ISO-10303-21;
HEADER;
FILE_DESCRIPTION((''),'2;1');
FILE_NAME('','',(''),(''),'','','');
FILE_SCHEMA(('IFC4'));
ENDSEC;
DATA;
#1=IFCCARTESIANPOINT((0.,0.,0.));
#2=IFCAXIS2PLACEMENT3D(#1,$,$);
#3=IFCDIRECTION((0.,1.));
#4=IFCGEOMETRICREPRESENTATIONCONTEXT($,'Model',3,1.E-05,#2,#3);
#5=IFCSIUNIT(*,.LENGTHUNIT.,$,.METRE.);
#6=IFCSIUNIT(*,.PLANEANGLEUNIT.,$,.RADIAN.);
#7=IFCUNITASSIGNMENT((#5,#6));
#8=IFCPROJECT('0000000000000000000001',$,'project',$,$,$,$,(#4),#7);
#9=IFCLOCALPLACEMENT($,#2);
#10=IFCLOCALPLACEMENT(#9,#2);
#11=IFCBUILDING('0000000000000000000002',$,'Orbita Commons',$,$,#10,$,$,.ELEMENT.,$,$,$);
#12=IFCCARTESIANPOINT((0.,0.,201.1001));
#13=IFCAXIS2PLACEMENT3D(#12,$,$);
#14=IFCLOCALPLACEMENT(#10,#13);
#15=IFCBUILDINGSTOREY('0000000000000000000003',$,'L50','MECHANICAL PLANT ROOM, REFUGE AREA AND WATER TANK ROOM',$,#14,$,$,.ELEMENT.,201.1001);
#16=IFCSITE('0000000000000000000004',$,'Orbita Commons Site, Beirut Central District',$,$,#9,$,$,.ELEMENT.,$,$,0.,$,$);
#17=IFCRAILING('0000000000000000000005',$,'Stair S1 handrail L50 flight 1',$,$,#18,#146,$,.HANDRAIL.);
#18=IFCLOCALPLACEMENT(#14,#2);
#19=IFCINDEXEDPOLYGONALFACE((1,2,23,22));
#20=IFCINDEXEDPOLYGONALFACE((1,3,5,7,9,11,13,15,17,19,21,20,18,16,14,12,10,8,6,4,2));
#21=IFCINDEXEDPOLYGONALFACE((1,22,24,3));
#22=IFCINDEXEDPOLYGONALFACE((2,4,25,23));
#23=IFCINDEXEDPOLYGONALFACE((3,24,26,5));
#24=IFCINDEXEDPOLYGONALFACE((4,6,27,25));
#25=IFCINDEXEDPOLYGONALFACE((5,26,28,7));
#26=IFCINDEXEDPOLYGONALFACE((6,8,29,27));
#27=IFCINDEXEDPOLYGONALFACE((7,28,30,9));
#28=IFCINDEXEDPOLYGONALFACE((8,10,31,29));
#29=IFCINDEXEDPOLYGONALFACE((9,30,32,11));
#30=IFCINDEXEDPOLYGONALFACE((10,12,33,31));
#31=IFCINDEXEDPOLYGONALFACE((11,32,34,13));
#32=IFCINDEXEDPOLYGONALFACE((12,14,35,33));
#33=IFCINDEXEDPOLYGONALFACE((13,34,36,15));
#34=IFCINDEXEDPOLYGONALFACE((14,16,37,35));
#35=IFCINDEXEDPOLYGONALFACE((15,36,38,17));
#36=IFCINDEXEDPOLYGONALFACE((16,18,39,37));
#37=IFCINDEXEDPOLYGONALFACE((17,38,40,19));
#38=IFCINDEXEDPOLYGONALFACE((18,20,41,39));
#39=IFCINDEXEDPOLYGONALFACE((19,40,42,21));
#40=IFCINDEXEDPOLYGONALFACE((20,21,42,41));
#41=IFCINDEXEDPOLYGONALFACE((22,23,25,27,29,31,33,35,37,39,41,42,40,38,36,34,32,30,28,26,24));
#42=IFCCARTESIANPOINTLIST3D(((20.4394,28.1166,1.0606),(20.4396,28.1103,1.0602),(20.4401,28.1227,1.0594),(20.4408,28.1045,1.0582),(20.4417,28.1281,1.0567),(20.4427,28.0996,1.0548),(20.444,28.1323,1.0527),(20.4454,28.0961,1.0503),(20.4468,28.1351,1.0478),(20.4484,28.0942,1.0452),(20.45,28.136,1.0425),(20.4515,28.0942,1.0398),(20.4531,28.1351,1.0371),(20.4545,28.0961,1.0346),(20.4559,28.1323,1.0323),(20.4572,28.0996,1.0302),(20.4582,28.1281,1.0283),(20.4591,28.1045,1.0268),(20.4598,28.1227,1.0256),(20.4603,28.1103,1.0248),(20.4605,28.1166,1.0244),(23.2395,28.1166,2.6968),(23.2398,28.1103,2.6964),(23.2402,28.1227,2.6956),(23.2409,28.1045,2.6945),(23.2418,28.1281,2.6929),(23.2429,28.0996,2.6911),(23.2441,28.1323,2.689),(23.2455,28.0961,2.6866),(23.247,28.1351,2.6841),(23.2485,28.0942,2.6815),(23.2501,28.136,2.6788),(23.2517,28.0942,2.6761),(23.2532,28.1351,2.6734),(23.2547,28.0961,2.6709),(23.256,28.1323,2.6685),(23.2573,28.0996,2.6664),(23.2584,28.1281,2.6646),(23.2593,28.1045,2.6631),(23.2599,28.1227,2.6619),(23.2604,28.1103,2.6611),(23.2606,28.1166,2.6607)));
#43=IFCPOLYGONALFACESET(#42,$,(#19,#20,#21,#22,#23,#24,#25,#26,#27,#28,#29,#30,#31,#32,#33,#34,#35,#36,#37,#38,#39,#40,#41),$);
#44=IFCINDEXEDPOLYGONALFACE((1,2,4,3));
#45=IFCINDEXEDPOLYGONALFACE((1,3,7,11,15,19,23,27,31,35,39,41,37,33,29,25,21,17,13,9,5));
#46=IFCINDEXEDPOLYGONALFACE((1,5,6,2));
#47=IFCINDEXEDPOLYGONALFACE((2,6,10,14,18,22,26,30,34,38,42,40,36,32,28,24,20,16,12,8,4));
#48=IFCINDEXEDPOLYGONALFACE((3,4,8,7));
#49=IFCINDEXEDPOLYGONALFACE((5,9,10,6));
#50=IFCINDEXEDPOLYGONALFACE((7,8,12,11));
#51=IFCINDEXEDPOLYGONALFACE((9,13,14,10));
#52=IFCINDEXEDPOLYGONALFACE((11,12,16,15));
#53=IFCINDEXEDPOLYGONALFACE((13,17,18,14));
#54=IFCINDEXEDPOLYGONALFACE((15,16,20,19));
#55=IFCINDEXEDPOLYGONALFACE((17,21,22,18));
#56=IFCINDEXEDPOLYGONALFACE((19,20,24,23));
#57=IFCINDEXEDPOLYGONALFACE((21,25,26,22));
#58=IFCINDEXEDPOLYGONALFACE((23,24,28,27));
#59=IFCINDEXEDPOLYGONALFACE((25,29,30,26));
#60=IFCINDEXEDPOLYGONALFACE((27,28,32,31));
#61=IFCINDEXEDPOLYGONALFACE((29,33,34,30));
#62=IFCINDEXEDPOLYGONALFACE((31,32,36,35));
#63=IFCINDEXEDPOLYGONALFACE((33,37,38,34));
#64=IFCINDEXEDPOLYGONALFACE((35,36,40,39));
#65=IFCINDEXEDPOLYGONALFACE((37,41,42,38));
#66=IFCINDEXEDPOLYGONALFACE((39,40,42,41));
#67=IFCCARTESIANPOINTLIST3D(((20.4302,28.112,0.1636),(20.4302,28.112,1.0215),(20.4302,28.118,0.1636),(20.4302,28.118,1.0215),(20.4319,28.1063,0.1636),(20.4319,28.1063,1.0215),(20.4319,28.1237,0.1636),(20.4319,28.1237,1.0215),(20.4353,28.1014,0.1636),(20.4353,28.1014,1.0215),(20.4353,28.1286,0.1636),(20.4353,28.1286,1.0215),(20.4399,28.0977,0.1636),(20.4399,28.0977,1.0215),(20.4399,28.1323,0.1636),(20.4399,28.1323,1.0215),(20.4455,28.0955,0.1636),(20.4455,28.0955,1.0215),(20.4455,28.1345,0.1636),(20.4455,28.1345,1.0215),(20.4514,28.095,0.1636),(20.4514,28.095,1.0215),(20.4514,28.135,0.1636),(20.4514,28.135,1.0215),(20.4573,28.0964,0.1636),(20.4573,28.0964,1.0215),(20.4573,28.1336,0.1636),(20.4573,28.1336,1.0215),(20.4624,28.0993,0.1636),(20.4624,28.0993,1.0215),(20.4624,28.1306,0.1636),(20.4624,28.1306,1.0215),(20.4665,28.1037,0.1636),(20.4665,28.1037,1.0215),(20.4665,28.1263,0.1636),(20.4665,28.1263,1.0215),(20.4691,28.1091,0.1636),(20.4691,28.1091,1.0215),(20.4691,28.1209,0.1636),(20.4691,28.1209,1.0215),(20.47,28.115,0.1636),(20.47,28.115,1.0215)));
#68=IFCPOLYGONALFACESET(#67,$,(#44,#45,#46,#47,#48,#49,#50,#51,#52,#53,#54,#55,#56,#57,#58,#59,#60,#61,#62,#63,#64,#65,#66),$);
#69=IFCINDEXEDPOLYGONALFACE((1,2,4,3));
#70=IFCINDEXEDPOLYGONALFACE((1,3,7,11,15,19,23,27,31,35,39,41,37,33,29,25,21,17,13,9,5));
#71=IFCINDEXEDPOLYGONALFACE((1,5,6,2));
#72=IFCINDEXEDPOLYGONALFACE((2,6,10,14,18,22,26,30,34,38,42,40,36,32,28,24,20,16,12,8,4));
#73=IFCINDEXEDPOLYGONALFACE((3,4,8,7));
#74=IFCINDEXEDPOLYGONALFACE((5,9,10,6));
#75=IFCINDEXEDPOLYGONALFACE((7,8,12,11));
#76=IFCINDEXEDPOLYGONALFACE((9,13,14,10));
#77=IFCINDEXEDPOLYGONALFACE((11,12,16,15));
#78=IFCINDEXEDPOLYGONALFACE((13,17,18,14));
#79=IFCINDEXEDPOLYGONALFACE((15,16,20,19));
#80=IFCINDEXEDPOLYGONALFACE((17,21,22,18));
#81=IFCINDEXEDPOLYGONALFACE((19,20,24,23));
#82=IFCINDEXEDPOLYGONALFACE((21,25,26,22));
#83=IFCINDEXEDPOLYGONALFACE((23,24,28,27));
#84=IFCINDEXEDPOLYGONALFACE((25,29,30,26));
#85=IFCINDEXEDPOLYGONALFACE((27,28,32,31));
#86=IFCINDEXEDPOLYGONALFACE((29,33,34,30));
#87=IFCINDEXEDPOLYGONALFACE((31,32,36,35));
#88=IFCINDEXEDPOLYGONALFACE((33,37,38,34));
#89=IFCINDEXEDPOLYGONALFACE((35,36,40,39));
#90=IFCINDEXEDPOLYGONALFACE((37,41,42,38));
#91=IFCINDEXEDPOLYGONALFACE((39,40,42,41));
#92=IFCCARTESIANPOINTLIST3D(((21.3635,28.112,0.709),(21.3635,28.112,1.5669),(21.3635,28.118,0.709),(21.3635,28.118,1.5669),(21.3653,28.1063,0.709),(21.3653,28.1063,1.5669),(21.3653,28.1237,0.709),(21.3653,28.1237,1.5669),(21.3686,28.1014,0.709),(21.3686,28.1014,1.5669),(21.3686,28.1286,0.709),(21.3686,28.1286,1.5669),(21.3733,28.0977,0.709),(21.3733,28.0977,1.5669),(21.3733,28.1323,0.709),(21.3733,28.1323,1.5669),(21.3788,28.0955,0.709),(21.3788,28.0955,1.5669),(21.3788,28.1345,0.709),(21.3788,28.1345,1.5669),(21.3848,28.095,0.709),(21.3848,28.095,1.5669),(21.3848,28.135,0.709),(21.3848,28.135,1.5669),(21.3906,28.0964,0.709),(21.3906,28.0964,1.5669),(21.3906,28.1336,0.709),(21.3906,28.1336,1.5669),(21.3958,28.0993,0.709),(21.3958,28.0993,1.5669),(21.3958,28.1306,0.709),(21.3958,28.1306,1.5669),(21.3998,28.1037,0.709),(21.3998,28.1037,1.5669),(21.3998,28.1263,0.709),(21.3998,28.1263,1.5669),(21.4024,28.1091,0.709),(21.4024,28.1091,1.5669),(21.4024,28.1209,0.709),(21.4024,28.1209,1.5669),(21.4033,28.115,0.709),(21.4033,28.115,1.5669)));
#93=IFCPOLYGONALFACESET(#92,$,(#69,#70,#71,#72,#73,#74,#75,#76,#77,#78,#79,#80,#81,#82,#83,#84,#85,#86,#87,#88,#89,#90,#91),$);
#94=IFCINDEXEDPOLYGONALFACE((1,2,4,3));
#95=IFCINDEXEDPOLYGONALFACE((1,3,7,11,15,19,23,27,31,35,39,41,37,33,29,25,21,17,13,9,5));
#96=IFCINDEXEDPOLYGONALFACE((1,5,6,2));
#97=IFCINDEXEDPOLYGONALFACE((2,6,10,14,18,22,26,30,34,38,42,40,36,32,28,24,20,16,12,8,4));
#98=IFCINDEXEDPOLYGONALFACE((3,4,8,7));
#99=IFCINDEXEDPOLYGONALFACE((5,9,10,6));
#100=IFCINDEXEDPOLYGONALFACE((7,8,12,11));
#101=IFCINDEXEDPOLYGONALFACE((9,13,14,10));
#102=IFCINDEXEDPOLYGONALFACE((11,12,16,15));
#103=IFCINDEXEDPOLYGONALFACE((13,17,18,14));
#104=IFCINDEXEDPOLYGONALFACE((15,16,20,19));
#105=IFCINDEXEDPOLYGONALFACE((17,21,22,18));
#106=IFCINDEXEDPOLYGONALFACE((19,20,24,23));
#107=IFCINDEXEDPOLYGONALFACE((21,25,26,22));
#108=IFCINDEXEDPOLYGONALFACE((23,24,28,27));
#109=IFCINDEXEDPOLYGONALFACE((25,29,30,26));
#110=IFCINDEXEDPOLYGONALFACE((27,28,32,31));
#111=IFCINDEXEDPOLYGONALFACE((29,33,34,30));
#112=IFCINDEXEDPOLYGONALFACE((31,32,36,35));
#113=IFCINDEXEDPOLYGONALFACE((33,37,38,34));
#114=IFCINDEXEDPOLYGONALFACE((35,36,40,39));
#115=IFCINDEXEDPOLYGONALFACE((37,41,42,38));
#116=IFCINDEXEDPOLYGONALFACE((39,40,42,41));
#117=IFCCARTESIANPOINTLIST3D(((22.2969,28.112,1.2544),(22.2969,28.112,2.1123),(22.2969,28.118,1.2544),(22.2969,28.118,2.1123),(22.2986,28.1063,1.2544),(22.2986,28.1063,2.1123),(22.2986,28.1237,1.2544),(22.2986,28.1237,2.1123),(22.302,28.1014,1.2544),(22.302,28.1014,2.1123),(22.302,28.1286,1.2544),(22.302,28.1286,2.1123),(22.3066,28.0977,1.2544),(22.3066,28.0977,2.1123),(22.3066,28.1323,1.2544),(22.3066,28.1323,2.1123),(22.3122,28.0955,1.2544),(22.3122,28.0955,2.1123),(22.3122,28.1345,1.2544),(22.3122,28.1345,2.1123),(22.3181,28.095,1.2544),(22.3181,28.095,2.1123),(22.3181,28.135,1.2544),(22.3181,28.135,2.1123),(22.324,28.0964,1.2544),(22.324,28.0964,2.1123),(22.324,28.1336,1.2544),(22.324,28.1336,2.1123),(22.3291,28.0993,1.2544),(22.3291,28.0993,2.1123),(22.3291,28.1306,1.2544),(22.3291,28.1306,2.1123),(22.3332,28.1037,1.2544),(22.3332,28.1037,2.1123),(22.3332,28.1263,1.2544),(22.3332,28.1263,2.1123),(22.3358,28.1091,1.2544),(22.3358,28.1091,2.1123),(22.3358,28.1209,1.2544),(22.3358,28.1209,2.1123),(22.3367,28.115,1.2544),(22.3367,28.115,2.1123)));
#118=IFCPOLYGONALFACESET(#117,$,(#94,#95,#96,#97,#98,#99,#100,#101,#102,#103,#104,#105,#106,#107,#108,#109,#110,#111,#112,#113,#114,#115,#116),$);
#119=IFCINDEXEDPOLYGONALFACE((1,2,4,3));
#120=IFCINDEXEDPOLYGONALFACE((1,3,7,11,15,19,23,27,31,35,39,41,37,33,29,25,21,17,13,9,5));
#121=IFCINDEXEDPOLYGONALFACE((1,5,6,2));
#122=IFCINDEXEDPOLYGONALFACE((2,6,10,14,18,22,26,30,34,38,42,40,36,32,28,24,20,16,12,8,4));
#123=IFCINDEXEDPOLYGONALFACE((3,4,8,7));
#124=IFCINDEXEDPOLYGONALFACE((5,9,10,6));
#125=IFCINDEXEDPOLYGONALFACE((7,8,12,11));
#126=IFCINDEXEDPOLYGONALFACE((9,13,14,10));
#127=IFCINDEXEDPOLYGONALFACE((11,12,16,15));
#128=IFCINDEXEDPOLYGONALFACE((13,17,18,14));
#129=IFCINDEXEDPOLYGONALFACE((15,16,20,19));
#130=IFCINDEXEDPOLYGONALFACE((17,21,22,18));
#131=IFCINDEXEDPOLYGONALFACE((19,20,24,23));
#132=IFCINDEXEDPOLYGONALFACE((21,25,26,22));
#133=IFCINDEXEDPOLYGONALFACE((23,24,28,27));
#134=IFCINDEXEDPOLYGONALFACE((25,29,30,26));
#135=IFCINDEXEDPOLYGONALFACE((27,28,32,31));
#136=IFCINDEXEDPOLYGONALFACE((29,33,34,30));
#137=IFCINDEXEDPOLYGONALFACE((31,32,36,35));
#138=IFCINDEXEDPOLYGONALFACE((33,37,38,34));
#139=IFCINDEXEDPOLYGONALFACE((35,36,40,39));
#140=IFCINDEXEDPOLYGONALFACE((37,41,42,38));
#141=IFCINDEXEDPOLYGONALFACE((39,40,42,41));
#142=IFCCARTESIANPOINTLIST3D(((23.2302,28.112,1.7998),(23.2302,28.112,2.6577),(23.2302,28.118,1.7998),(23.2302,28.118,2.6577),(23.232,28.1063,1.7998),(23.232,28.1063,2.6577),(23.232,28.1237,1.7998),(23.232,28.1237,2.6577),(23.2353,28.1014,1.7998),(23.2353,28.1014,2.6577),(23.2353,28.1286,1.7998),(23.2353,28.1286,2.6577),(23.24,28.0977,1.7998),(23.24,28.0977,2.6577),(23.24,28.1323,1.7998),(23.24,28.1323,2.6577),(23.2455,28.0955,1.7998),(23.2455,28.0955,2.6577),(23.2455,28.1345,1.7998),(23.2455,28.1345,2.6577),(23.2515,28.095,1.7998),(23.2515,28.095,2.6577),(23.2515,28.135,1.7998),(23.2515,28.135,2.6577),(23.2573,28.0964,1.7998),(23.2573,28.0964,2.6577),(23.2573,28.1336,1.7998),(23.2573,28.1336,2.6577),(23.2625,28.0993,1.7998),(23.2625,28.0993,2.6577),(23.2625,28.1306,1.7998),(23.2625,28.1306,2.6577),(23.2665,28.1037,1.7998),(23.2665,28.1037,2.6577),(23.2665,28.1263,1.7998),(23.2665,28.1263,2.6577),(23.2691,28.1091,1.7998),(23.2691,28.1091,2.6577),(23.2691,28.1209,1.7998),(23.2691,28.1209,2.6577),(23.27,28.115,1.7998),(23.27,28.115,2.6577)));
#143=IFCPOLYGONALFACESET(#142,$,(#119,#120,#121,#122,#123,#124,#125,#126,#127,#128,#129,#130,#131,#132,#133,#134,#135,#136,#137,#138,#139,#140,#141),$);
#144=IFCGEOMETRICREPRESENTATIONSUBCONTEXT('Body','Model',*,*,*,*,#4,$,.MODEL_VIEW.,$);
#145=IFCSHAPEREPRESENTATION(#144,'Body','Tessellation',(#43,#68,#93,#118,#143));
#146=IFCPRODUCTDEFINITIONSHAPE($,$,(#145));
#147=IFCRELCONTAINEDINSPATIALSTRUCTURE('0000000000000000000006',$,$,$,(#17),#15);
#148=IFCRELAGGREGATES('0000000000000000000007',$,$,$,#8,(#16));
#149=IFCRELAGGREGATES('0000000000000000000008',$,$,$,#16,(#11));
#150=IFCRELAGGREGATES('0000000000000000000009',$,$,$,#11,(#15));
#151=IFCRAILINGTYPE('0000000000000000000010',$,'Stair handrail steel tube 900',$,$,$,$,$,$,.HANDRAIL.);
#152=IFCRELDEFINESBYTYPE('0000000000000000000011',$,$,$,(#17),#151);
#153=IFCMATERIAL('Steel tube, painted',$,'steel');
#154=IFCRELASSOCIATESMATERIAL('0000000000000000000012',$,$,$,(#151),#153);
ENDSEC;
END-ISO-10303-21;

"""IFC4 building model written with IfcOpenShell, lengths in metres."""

from ifc_helpers import new_model, si_unit, direction, frame, origin, origin_2d, place, context, subcontext, project, spatial, circle, extrude, material, type_object, element, save


model = new_model("IFC4")

# Units and contexts
model_context = context("Model", 3, precision=1e-05, world=origin(), true_north=direction((0.0, 1.0)))
body_context = subcontext(model_context, "Body", "Model", "MODEL_VIEW")
ifc_project = project(units=[si_unit("LENGTHUNIT", "METRE"), si_unit("PLANEANGLEUNIT", "RADIAN")], contexts=[model_context])

# Site, building, storey
site_placement = place(None, origin())
site = spatial("IfcSite", under=ifc_project, at=site_placement, Name="Orbita Commons Site, Beirut Central District", CompositionType="ELEMENT", RefElevation=0.0)
building_placement = place(site_placement, origin())
building = spatial("IfcBuilding", under=site, at=building_placement, Name="Orbita Commons", CompositionType="ELEMENT")
storey_placement = place(building_placement, frame((0.0, 0.0, 201.1001)))
storey = spatial("IfcBuildingStorey", under=building, at=storey_placement, Name="L50", Description="MECHANICAL PLANT ROOM, REFUGE AREA AND WATER TANK ROOM", CompositionType="ELEMENT", Elevation=201.1001)

# Railing
ifc_material = material(Name="Steel tube, painted", Category="steel")
railing_type = type_object("IfcRailingType", Name="Stair handrail steel tube 900", PredefinedType="HANDRAIL", material=ifc_material)
railing_placement = place(storey_placement, frame((20.45, 28.115, 0.1636)))
element("IfcRailing", 1, at=railing_placement, inside=storey, type_object=railing_type, Name="Stair S1 handrail L50 flight 1", PredefinedType="HANDRAIL", context=body_context, shape_type="SweptSolid", body=[
    extrude(circle(Radius=0.021, at=origin_2d()), frame((0.0, 0.0, 0.8789), z_axis=(0.863394, 0.0, 0.504531), x_axis=(0.0, 1.0, 0.0)), (0.0, 0.0, 1.0), 3.2432),
    extrude(circle(Radius=0.02, at=origin_2d()), origin(), (0.0, 0.0, 1.0), 0.8579),
    extrude(circle(Radius=0.02, at=origin_2d()), frame((0.9333, 0.0, 0.5454)), (0.0, 0.0, 1.0), 0.8579),
    extrude(circle(Radius=0.02, at=origin_2d()), frame((1.8667, 0.0, 1.0908)), (0.0, 0.0, 1.0), 0.8579),
    extrude(circle(Radius=0.02, at=origin_2d()), frame((2.8, 0.0, 1.6362)), (0.0, 0.0, 1.0), 0.8579),
])

save(model, "model.ifc")
